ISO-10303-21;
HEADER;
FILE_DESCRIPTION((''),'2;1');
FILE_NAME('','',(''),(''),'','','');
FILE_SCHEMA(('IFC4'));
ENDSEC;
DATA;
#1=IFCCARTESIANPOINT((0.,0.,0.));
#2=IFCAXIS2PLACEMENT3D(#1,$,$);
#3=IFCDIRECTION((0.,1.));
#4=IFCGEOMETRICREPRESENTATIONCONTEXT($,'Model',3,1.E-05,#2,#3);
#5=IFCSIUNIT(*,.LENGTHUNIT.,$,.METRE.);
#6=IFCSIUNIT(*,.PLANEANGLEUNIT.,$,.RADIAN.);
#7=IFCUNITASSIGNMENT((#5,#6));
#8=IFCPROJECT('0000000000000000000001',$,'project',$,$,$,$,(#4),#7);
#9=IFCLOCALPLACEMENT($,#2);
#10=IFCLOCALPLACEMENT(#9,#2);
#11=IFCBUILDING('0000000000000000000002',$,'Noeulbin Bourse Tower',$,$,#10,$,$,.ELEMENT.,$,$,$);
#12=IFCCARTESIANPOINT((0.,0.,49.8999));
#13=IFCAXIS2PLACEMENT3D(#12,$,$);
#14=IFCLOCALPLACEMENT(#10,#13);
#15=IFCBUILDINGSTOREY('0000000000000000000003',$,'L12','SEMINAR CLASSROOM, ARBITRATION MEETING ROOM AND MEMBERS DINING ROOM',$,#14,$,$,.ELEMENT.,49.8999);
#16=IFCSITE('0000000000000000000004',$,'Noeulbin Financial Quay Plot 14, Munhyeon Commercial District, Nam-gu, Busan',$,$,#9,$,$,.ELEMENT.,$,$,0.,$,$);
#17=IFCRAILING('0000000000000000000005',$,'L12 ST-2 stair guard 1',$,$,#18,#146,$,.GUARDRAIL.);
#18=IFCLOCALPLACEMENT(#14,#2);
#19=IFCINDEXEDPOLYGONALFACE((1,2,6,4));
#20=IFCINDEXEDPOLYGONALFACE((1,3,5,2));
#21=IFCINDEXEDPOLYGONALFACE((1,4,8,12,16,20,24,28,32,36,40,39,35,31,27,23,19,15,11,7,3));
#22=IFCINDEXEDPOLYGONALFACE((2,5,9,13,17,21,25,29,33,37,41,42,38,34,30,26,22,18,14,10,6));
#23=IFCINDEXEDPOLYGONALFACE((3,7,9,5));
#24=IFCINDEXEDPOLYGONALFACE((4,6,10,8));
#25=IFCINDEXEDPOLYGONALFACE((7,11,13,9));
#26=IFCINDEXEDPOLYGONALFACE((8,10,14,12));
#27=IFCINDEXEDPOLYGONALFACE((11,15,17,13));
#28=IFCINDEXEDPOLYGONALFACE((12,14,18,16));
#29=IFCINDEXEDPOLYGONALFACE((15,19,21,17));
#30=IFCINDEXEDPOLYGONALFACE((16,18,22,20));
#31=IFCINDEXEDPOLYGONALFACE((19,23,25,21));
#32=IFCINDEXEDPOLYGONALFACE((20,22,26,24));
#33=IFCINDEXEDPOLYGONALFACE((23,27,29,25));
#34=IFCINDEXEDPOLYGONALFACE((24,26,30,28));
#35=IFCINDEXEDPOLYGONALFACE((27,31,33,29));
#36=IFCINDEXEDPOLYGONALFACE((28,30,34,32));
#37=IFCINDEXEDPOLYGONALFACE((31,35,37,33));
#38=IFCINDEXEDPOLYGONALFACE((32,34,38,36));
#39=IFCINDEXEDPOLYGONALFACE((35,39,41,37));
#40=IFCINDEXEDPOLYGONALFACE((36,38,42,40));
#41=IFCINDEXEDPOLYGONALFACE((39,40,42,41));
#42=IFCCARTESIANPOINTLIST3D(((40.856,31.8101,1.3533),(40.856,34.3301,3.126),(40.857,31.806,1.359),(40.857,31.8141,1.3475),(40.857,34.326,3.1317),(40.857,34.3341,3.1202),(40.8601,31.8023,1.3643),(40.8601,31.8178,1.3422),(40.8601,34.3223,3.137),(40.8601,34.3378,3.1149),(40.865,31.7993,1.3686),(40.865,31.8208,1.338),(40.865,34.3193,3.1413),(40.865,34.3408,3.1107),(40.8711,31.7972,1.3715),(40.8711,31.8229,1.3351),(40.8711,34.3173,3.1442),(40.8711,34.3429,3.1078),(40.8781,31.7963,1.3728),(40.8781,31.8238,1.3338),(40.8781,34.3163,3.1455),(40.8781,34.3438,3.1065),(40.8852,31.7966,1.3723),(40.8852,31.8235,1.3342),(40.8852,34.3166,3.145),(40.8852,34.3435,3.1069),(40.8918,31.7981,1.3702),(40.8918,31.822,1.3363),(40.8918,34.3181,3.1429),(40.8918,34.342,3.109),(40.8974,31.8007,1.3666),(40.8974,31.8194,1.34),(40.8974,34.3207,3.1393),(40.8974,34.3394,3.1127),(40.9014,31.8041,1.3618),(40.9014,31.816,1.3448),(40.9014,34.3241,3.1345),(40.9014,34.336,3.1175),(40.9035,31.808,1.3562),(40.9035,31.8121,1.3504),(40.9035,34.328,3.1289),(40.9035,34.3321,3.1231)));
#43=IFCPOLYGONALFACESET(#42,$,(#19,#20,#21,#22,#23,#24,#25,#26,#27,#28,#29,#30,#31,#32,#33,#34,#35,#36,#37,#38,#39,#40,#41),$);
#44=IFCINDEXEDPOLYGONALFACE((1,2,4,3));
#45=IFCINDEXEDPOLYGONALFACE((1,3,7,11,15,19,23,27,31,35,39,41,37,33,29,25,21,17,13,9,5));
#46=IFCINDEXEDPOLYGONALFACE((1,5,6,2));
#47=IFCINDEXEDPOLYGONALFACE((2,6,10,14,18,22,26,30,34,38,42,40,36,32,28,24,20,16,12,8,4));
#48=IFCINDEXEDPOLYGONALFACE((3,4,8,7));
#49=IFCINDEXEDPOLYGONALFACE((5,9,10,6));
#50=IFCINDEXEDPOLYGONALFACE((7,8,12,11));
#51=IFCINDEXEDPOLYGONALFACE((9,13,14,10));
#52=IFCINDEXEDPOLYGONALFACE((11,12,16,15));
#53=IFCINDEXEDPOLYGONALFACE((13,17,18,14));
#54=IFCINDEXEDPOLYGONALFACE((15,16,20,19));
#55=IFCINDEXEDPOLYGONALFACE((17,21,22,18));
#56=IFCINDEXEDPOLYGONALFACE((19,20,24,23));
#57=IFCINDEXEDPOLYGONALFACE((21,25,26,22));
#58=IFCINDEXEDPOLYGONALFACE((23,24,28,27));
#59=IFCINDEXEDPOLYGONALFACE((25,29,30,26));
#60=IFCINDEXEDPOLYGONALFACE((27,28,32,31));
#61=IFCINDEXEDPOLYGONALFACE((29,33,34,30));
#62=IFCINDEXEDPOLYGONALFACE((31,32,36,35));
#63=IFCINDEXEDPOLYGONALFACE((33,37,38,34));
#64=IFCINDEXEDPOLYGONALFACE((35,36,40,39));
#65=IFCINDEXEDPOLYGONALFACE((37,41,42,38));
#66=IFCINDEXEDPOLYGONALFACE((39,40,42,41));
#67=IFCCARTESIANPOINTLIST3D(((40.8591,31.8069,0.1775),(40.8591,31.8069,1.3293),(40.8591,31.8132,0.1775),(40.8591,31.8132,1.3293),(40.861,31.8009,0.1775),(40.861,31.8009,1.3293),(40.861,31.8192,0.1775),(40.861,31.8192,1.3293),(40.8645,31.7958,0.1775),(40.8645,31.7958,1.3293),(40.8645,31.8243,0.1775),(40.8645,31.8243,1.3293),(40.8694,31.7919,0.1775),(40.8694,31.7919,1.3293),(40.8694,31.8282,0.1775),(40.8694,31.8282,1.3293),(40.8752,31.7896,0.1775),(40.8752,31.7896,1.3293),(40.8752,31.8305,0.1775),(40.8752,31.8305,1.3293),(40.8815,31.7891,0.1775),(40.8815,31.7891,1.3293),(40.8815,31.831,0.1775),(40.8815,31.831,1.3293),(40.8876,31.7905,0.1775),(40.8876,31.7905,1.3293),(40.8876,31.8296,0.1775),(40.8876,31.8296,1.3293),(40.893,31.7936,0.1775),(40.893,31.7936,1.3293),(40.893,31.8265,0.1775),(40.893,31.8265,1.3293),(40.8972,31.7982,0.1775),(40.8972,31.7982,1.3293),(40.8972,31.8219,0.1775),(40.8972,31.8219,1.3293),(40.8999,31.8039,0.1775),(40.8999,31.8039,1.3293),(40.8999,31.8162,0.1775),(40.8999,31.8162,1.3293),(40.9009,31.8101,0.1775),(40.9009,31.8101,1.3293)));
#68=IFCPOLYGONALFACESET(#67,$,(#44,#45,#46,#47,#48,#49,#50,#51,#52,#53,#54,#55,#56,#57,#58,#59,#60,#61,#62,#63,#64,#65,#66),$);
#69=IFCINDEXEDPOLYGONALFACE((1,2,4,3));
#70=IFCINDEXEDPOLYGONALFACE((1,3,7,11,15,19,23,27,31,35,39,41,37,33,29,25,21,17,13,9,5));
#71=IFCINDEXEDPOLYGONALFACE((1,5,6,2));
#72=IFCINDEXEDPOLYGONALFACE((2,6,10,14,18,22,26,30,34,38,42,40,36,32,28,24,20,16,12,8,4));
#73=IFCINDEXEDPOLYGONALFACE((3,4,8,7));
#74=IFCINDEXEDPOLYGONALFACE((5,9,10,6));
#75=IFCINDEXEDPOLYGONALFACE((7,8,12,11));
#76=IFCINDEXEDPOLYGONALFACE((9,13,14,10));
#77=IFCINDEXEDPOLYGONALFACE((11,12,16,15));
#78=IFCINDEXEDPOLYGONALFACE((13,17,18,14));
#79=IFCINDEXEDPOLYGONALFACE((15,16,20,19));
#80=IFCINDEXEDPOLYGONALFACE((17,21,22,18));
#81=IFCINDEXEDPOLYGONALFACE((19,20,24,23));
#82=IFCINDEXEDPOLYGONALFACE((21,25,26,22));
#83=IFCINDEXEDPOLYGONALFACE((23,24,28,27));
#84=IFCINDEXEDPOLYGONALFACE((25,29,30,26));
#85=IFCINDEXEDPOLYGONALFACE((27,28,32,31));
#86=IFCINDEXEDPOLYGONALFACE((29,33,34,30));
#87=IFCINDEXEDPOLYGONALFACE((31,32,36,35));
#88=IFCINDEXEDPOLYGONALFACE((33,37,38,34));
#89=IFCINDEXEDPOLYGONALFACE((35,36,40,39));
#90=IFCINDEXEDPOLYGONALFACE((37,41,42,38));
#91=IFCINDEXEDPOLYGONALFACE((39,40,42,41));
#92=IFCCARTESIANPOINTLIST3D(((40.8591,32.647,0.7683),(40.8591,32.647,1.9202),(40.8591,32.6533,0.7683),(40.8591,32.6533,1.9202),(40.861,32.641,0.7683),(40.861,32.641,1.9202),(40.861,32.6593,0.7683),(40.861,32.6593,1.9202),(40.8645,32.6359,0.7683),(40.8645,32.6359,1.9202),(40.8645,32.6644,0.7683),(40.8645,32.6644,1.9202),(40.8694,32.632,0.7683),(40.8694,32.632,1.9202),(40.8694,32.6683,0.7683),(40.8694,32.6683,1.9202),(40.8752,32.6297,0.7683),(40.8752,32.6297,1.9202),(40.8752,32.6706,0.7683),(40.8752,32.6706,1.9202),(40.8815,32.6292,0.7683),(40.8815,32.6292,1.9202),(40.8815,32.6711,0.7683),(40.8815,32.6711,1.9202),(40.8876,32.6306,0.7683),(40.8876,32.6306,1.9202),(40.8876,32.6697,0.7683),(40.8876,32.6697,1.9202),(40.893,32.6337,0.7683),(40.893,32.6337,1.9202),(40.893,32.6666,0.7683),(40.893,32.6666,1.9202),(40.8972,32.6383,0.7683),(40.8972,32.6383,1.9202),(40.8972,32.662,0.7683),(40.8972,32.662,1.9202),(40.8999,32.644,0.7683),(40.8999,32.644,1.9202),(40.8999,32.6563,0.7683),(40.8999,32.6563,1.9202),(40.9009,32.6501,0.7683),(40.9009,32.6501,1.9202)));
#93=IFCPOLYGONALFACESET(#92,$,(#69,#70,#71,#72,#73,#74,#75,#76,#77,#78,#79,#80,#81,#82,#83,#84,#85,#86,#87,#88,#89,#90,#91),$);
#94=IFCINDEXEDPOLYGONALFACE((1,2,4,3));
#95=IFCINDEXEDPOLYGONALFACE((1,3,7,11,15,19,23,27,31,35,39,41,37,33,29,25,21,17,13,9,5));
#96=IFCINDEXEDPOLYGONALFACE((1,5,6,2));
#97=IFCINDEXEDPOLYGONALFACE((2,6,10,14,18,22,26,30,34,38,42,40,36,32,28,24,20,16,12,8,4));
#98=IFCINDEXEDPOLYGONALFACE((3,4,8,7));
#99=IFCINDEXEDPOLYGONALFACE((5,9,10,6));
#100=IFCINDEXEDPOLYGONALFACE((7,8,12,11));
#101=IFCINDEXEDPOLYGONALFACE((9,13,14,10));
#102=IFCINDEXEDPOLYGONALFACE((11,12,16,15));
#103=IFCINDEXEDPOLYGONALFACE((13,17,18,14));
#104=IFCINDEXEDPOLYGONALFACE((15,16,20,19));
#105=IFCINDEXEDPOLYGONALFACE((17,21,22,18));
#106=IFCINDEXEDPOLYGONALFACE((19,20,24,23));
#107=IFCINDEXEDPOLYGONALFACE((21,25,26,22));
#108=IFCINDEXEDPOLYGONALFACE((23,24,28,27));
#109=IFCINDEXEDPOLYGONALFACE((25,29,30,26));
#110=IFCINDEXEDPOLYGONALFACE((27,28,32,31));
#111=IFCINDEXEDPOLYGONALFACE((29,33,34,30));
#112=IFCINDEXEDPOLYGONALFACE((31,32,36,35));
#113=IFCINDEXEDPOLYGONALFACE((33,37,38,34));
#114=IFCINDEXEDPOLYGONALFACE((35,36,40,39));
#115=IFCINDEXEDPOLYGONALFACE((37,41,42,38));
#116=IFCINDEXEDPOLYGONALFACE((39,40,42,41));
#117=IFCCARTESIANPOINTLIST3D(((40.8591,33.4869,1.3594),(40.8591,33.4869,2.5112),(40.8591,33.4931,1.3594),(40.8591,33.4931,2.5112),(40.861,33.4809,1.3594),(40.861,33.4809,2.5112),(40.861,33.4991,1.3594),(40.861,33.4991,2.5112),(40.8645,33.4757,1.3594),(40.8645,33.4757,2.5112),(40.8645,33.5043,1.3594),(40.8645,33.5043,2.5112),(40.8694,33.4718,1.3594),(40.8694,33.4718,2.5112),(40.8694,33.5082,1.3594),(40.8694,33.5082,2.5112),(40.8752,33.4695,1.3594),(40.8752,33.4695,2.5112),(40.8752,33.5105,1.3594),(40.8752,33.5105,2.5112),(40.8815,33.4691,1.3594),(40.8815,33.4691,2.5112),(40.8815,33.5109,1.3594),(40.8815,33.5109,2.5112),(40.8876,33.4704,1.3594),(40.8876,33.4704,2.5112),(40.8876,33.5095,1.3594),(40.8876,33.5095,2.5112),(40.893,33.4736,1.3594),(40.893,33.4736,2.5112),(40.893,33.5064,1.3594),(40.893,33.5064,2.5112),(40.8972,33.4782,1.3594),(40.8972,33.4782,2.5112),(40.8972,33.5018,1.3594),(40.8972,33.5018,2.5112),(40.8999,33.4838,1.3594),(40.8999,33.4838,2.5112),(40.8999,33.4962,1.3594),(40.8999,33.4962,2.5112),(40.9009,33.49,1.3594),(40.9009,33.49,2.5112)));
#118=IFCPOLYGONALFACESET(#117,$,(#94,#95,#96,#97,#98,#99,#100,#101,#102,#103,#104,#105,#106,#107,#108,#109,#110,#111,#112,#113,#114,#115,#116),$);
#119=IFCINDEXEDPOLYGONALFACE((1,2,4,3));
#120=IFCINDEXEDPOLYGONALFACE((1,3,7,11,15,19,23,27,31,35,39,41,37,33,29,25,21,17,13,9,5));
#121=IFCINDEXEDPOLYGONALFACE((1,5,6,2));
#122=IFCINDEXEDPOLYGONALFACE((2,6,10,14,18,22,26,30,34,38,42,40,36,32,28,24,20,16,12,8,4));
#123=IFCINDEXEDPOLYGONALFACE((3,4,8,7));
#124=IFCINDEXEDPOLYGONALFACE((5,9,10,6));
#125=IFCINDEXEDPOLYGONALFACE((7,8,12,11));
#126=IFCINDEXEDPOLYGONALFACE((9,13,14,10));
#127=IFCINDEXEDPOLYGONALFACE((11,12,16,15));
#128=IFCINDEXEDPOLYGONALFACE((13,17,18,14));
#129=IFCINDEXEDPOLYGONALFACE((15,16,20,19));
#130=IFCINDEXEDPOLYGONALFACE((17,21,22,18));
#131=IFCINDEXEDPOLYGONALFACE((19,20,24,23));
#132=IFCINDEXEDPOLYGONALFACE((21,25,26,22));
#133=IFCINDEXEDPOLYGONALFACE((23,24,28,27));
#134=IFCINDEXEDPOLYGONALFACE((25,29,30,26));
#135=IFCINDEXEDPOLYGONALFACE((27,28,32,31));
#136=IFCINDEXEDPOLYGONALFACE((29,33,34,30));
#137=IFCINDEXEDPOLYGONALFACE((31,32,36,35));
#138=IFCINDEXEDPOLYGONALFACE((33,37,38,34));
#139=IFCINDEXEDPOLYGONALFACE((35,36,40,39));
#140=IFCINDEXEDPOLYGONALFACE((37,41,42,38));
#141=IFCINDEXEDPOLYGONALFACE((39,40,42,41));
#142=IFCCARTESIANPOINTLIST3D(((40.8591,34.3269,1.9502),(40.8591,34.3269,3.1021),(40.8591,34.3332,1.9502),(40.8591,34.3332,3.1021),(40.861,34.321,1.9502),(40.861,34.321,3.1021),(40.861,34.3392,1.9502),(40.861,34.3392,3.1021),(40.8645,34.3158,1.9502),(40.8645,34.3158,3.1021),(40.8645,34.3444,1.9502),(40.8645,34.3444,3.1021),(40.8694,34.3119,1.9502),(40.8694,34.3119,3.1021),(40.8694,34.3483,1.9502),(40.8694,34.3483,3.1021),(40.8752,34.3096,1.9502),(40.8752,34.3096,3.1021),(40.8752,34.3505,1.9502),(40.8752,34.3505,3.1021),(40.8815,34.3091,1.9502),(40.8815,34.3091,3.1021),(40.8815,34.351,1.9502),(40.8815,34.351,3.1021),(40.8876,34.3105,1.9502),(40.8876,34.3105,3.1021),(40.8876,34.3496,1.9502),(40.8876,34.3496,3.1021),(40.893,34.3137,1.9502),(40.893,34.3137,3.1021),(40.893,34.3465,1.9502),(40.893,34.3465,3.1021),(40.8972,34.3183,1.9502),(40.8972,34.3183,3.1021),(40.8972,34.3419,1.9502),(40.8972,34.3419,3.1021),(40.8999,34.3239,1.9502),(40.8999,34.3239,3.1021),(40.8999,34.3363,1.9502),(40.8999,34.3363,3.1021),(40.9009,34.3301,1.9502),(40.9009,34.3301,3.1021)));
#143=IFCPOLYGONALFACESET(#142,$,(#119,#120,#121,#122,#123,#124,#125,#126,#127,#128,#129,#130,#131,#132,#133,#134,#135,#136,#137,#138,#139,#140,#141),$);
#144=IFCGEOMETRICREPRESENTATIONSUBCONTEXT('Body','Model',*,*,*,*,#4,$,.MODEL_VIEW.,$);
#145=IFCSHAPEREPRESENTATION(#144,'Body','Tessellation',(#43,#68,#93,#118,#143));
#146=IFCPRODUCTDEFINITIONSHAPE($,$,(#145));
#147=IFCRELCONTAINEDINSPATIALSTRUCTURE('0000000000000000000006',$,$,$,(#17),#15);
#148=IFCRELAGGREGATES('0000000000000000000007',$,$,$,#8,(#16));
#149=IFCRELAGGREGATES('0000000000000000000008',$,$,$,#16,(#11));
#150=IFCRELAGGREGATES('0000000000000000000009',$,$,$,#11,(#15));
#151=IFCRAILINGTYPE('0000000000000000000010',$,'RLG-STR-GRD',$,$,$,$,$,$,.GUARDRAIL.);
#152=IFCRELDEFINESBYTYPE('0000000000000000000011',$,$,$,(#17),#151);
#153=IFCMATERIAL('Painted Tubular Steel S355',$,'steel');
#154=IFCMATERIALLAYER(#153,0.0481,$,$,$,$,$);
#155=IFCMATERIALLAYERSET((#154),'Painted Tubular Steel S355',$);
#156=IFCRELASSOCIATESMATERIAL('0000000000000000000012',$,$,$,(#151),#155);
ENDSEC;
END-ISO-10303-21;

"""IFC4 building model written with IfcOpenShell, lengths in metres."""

from ifc_helpers import new_model, si_unit, direction, frame, origin, origin_2d, place, context, subcontext, project, spatial, circle, extrude, material, layer, layer_set, type_object, element, save


model = new_model("IFC4")

# Units and contexts
model_context = context("Model", 3, precision=1e-05, world=origin(), true_north=direction((0.0, 1.0)))
body_context = subcontext(model_context, "Body", "Model", "MODEL_VIEW")
ifc_project = project(units=[si_unit("LENGTHUNIT", "METRE"), si_unit("PLANEANGLEUNIT", "RADIAN")], contexts=[model_context])

# Site, building, storey
site_placement = place(None, origin())
site = spatial("IfcSite", under=ifc_project, at=site_placement, Name="Noeulbin Financial Quay Plot 14, Munhyeon Commercial District, Nam-gu, Busan", CompositionType="ELEMENT", RefElevation=0.0)
building_placement = place(site_placement, origin())
building = spatial("IfcBuilding", under=site, at=building_placement, Name="Noeulbin Bourse Tower", CompositionType="ELEMENT")
storey_placement = place(building_placement, frame((0.0, 0.0, 49.8999)))
storey = spatial("IfcBuildingStorey", under=building, at=storey_placement, Name="L12", Description="SEMINAR CLASSROOM, ARBITRATION MEETING ROOM AND MEMBERS DINING ROOM", CompositionType="ELEMENT", Elevation=49.8999)

# Railing
ifc_material_1 = material(Name="Painted Tubular Steel S355", Category="steel")
ifc_layer_1 = layer(ifc_material_1, 0.0481)
ifc_layer_set_1 = layer_set([ifc_layer_1], Name="Painted Tubular Steel S355")
railing_type_1 = type_object("IfcRailingType", Name="RLG-STR-GRD", PredefinedType="GUARDRAIL", material=ifc_layer_set_1)
railing_1_placement = place(storey_placement, frame((40.8799, 31.8101, 0.1775)))
element("IfcRailing", 1, at=railing_1_placement, inside=storey, type_object=railing_type_1, Name="L12 ST-2 stair guard 1", PredefinedType="GUARDRAIL", context=body_context, shape_type="SweptSolid", body=[
    extrude(circle(Radius=0.0239, at=origin_2d()), frame((0.0, 0.0, 1.1758), z_axis=(0.0, 0.817904, 0.575354), x_axis=(-1.0, 0.0, 0.0)), (0.0, 0.0, 1.0), 3.0811),
    extrude(circle(Radius=0.021, at=origin_2d()), origin(), (0.0, 0.0, 1.0), 1.1519),
    extrude(circle(Radius=0.021, at=origin_2d()), frame((0.0, 0.8401, 0.5908)), (0.0, 0.0, 1.0), 1.1519),
    extrude(circle(Radius=0.021, at=origin_2d()), frame((0.0, 1.6799, 1.1819)), (0.0, 0.0, 1.0), 1.1519),
    extrude(circle(Radius=0.021, at=origin_2d()), frame((0.0, 2.52, 1.7727)), (0.0, 0.0, 1.0), 1.1519),
])

save(model, "model.ifc")
